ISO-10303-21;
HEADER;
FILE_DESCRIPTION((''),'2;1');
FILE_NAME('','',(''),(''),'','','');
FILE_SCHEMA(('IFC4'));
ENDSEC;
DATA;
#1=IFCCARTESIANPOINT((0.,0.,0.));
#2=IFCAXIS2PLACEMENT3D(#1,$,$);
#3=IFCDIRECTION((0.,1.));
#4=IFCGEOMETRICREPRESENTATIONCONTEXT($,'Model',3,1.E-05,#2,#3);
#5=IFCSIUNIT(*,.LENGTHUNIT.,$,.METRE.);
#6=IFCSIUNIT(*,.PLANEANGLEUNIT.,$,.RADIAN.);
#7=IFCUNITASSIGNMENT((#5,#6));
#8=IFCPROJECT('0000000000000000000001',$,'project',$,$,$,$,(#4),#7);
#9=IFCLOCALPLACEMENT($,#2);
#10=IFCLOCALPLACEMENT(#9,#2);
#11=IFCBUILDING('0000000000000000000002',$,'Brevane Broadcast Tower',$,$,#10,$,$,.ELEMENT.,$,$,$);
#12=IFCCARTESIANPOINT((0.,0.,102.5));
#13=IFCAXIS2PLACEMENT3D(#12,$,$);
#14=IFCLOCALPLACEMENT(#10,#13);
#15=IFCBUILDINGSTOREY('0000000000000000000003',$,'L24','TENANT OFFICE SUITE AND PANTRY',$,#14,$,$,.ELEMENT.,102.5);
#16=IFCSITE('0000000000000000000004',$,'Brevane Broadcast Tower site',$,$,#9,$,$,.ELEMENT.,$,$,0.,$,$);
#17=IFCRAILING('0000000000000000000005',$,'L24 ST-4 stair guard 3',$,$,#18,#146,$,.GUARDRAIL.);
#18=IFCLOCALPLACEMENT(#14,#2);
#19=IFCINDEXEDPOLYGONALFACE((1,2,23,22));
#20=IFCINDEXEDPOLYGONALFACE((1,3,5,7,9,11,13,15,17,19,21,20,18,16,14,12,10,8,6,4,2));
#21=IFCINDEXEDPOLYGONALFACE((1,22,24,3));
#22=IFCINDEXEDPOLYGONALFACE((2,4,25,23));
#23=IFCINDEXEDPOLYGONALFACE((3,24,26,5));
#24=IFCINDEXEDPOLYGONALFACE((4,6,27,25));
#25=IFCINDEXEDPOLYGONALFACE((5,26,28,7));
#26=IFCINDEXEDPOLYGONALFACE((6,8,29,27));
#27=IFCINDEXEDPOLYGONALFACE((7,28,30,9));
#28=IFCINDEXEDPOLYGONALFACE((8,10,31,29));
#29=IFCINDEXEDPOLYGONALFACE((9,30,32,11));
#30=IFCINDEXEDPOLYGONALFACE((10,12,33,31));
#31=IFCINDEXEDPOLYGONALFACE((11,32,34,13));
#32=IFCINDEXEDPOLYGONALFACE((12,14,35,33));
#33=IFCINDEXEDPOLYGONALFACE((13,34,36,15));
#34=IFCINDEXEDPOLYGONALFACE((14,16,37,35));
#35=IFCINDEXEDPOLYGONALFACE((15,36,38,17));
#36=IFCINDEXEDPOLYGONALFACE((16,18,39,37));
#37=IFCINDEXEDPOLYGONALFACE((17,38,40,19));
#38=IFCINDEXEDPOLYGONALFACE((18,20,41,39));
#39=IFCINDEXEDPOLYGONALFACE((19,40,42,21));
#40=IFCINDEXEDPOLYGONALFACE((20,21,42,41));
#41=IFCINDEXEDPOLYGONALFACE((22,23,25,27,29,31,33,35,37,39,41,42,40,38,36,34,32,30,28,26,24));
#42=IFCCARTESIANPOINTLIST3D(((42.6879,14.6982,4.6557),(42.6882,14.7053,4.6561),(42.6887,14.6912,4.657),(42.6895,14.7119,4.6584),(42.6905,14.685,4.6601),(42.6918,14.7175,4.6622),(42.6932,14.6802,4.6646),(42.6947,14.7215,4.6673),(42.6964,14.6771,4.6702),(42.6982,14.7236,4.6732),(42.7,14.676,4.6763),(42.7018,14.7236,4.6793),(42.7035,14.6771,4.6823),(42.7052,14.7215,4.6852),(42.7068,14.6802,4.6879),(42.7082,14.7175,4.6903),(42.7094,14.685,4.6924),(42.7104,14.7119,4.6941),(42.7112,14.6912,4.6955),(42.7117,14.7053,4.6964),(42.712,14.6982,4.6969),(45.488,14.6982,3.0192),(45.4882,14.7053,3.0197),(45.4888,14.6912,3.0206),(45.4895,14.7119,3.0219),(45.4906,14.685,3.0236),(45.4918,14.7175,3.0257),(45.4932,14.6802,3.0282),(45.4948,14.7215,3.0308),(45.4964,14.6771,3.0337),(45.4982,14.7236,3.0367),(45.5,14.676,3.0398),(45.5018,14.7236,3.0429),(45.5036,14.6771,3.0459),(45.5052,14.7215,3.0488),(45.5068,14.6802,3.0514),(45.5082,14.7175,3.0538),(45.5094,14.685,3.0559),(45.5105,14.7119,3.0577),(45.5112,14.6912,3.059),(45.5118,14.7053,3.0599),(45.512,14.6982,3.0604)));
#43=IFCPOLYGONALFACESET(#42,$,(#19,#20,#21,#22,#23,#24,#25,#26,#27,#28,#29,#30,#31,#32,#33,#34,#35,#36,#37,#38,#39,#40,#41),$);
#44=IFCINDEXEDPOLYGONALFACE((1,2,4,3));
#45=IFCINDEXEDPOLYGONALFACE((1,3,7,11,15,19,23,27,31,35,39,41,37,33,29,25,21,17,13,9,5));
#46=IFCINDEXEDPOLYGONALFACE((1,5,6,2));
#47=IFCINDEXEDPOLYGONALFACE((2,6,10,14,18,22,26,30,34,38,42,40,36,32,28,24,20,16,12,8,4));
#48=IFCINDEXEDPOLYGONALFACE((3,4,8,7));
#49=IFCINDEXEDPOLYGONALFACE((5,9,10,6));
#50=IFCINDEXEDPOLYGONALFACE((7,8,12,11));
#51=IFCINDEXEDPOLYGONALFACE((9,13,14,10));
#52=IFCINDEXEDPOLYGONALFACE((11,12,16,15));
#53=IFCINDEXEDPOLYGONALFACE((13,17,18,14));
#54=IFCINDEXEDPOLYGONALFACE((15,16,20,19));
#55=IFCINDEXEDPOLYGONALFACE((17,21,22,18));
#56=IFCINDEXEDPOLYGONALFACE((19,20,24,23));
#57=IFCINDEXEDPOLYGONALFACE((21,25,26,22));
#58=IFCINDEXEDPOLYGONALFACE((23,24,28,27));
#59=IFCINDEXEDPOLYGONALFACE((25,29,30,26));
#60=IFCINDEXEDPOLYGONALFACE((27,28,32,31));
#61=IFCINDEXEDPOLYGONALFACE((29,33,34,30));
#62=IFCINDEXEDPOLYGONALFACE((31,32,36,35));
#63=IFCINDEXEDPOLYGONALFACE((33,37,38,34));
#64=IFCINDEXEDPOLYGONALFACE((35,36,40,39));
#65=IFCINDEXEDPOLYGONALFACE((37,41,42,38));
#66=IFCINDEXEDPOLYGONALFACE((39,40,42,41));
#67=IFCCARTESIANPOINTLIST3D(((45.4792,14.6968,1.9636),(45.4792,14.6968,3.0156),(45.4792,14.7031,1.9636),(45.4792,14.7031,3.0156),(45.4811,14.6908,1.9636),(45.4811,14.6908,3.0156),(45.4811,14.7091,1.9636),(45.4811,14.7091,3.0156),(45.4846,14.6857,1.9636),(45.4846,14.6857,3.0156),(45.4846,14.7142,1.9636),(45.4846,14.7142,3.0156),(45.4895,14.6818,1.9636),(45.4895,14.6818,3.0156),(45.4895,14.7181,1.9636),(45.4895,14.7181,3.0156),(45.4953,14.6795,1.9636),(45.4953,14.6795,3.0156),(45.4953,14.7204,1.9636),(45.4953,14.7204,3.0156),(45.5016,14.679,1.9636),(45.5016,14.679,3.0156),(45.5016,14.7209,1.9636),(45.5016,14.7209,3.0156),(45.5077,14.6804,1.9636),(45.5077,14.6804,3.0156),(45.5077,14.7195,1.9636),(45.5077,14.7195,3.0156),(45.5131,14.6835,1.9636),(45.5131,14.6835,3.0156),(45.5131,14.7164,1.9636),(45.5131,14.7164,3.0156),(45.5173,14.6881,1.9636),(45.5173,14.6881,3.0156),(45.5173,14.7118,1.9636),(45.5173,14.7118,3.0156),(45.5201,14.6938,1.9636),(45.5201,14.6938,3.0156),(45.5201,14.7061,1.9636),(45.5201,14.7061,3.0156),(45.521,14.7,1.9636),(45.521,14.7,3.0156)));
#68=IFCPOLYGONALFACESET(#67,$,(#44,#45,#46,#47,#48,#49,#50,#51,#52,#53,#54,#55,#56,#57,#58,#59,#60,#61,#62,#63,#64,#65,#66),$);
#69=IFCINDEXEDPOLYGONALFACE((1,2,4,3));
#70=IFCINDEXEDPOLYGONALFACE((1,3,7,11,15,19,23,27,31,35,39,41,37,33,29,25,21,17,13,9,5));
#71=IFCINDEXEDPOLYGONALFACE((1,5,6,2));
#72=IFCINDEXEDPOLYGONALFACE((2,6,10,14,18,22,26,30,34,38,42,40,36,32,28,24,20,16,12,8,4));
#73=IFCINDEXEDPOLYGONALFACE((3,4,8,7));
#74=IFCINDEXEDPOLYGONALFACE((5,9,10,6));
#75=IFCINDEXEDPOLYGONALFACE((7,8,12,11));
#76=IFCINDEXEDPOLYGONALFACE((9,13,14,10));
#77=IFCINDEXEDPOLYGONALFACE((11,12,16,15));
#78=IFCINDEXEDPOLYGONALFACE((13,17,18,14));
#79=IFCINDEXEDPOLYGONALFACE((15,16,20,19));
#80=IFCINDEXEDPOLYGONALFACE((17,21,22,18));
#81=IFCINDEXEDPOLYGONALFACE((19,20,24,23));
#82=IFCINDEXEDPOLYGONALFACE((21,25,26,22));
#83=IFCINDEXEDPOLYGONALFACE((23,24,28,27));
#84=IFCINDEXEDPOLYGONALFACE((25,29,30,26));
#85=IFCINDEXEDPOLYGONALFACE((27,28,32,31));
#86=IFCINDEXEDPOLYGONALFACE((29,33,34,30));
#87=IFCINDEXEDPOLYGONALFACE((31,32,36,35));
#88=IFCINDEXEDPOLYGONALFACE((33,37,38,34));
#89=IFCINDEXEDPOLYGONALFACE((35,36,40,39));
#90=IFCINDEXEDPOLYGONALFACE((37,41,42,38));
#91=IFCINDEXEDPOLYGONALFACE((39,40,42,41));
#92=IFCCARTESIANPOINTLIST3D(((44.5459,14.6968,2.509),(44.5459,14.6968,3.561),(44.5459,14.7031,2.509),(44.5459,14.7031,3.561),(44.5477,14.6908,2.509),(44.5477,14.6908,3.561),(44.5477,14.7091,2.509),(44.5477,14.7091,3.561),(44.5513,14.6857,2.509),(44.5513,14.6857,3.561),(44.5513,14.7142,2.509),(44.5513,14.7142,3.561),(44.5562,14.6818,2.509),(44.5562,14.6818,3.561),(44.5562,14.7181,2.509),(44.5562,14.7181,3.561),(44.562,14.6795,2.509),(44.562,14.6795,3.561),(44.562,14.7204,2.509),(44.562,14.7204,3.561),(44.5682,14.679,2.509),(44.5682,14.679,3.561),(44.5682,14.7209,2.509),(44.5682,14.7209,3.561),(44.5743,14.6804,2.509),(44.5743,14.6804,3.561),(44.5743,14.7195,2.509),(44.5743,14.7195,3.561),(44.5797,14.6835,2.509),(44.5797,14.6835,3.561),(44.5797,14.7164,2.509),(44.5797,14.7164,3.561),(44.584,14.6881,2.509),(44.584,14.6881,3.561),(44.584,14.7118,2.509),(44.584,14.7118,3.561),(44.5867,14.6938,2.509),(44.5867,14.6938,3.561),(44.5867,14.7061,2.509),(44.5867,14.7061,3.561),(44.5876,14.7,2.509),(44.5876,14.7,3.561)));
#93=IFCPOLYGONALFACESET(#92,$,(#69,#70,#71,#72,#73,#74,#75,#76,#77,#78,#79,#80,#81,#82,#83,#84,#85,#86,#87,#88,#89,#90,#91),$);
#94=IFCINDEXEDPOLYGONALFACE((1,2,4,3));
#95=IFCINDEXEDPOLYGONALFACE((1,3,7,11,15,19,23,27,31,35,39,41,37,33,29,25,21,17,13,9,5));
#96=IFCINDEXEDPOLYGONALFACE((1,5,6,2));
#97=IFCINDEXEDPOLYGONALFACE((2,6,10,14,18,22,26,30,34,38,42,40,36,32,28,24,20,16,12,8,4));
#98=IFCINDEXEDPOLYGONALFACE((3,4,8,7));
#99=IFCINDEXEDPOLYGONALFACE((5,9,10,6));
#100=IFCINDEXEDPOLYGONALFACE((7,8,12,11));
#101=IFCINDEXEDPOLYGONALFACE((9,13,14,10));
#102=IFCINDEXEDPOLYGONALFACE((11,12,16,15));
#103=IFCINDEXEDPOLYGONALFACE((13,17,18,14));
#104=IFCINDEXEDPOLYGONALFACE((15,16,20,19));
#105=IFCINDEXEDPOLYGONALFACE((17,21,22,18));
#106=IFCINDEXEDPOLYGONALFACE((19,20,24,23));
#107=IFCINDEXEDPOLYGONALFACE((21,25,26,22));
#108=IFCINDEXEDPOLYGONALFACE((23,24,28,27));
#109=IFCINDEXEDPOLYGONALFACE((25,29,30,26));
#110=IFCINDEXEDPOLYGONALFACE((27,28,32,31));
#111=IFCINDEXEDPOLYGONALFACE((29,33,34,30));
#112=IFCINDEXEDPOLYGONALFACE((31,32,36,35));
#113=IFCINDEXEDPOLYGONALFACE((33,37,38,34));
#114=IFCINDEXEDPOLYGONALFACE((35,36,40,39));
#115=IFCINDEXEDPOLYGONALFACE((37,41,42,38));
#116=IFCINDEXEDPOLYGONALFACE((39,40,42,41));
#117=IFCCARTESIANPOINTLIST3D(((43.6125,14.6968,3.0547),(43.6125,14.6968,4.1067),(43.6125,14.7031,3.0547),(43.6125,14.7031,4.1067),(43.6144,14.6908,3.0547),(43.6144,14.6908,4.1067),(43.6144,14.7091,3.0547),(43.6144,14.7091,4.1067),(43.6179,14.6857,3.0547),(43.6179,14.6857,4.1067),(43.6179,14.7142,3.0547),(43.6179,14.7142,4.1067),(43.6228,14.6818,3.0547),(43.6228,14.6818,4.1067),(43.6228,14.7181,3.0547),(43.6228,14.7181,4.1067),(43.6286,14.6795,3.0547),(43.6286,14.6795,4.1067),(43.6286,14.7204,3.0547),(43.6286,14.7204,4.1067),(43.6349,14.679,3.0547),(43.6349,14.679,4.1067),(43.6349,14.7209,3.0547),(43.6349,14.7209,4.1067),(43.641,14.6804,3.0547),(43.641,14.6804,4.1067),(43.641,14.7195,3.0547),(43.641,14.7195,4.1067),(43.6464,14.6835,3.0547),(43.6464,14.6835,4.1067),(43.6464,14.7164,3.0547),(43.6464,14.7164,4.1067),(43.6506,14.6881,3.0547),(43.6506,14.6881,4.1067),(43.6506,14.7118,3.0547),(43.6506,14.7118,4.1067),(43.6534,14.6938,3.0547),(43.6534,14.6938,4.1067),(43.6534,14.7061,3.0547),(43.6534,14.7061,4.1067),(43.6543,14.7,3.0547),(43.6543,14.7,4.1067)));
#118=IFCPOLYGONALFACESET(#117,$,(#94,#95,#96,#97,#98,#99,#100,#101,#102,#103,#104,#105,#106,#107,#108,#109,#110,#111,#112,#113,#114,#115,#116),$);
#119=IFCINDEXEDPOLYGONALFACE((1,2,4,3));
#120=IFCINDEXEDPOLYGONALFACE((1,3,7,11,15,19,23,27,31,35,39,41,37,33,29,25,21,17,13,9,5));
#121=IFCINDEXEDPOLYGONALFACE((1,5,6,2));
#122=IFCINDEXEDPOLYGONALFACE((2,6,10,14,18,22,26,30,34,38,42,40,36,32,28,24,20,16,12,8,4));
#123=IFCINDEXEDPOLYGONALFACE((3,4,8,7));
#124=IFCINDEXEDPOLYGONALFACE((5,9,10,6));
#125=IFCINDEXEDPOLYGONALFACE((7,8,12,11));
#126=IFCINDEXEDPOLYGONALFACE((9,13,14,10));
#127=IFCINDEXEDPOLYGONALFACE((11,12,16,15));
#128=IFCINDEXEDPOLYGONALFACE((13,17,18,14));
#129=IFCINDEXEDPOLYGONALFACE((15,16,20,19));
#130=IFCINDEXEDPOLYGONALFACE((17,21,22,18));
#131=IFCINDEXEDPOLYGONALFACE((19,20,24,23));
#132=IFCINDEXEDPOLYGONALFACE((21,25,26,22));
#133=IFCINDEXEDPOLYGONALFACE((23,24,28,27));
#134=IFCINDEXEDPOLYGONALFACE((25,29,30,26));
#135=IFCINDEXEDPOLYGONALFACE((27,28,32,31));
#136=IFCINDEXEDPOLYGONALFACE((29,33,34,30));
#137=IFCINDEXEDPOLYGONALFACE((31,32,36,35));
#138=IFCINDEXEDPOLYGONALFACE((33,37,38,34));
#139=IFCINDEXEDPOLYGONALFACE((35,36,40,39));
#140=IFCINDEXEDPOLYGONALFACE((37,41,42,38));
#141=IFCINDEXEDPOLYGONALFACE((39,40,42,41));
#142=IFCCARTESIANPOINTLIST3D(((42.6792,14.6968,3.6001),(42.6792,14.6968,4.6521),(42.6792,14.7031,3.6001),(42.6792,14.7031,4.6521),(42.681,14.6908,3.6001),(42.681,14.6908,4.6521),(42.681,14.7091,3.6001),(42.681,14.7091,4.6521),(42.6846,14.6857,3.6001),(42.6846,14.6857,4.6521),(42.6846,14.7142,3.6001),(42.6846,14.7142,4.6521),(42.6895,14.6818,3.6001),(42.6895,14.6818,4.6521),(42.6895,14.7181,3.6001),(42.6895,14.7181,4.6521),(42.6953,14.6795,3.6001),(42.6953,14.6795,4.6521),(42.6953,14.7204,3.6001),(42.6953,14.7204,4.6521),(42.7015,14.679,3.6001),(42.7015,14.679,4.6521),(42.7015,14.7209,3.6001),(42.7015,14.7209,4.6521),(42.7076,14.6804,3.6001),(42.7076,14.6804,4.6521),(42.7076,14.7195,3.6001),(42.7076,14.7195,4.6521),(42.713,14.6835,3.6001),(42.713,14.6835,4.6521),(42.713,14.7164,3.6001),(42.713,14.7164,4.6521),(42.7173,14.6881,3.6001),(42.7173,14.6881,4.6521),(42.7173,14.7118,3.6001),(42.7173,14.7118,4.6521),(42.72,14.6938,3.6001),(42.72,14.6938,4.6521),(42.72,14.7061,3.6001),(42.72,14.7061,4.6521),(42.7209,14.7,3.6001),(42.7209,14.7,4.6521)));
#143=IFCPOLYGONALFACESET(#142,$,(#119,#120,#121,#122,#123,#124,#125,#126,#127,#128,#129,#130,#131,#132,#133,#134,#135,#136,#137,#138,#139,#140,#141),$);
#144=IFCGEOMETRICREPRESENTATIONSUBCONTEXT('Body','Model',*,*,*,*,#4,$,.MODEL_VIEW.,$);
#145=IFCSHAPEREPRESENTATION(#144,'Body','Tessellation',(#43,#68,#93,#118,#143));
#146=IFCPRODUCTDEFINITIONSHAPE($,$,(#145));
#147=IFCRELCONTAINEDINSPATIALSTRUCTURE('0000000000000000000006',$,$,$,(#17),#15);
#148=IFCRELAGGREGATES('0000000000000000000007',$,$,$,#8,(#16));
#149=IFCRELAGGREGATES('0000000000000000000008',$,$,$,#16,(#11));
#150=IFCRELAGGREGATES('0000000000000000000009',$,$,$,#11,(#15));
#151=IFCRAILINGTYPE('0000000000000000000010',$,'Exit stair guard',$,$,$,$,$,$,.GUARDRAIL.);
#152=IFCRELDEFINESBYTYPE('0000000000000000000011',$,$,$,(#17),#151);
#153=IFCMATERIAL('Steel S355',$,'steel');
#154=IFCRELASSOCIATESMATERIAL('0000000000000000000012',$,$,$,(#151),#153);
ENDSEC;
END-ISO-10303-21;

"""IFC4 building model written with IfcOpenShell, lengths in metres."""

from ifc_helpers import new_model, si_unit, direction, frame, origin, origin_2d, place, context, subcontext, project, spatial, circle, extrude, material, type_object, element, save


model = new_model("IFC4")

# Units and contexts
model_context = context("Model", 3, precision=1e-05, world=origin(), true_north=direction((0.0, 1.0)))
body_context = subcontext(model_context, "Body", "Model", "MODEL_VIEW")
ifc_project = project(units=[si_unit("LENGTHUNIT", "METRE"), si_unit("PLANEANGLEUNIT", "RADIAN")], contexts=[model_context])

# Site, building, storey
site_placement = place(None, origin())
site = spatial("IfcSite", under=ifc_project, at=site_placement, Name="Brevane Broadcast Tower site", CompositionType="ELEMENT", RefElevation=0.0)
building_placement = place(site_placement, origin())
building = spatial("IfcBuilding", under=site, at=building_placement, Name="Brevane Broadcast Tower", CompositionType="ELEMENT")
storey_placement = place(building_placement, frame((0.0, 0.0, 102.5)))
storey = spatial("IfcBuildingStorey", under=building, at=storey_placement, Name="L24", Description="TENANT OFFICE SUITE AND PANTRY", CompositionType="ELEMENT", Elevation=102.5)

# Railing
ifc_material_1 = material(Name="Steel S355", Category="steel")
railing_type_1 = type_object("IfcRailingType", Name="Exit stair guard", PredefinedType="GUARDRAIL", material=ifc_material_1)
railing_1_placement = place(storey_placement, frame((45.5, 14.7, 1.9636)))
element("IfcRailing", 1, at=railing_1_placement, inside=storey, type_object=railing_type_1, Name="L24 ST-4 stair guard 3", PredefinedType="GUARDRAIL", context=body_context, shape_type="SweptSolid", body=[
    extrude(circle(Radius=0.0239, at=origin_2d()), frame((0.0, 0.0, 1.0762), z_axis=(-0.863361, 0.0, 0.504587), x_axis=(0.0, -1.0, 0.0)), (0.0, 0.0, 1.0), 3.2432),
    extrude(circle(Radius=0.021, at=origin_2d()), origin(), (0.0, 0.0, 1.0), 1.052),
    extrude(circle(Radius=0.021, at=origin_2d()), frame((-0.9333, 0.0, 0.5454)), (0.0, 0.0, 1.0), 1.052),
    extrude(circle(Radius=0.021, at=origin_2d()), frame((-1.8667, 0.0, 1.0911)), (0.0, 0.0, 1.0), 1.052),
    extrude(circle(Radius=0.021, at=origin_2d()), frame((-2.8, 0.0, 1.6365)), (0.0, 0.0, 1.0), 1.052),
])

save(model, "model.ifc")
